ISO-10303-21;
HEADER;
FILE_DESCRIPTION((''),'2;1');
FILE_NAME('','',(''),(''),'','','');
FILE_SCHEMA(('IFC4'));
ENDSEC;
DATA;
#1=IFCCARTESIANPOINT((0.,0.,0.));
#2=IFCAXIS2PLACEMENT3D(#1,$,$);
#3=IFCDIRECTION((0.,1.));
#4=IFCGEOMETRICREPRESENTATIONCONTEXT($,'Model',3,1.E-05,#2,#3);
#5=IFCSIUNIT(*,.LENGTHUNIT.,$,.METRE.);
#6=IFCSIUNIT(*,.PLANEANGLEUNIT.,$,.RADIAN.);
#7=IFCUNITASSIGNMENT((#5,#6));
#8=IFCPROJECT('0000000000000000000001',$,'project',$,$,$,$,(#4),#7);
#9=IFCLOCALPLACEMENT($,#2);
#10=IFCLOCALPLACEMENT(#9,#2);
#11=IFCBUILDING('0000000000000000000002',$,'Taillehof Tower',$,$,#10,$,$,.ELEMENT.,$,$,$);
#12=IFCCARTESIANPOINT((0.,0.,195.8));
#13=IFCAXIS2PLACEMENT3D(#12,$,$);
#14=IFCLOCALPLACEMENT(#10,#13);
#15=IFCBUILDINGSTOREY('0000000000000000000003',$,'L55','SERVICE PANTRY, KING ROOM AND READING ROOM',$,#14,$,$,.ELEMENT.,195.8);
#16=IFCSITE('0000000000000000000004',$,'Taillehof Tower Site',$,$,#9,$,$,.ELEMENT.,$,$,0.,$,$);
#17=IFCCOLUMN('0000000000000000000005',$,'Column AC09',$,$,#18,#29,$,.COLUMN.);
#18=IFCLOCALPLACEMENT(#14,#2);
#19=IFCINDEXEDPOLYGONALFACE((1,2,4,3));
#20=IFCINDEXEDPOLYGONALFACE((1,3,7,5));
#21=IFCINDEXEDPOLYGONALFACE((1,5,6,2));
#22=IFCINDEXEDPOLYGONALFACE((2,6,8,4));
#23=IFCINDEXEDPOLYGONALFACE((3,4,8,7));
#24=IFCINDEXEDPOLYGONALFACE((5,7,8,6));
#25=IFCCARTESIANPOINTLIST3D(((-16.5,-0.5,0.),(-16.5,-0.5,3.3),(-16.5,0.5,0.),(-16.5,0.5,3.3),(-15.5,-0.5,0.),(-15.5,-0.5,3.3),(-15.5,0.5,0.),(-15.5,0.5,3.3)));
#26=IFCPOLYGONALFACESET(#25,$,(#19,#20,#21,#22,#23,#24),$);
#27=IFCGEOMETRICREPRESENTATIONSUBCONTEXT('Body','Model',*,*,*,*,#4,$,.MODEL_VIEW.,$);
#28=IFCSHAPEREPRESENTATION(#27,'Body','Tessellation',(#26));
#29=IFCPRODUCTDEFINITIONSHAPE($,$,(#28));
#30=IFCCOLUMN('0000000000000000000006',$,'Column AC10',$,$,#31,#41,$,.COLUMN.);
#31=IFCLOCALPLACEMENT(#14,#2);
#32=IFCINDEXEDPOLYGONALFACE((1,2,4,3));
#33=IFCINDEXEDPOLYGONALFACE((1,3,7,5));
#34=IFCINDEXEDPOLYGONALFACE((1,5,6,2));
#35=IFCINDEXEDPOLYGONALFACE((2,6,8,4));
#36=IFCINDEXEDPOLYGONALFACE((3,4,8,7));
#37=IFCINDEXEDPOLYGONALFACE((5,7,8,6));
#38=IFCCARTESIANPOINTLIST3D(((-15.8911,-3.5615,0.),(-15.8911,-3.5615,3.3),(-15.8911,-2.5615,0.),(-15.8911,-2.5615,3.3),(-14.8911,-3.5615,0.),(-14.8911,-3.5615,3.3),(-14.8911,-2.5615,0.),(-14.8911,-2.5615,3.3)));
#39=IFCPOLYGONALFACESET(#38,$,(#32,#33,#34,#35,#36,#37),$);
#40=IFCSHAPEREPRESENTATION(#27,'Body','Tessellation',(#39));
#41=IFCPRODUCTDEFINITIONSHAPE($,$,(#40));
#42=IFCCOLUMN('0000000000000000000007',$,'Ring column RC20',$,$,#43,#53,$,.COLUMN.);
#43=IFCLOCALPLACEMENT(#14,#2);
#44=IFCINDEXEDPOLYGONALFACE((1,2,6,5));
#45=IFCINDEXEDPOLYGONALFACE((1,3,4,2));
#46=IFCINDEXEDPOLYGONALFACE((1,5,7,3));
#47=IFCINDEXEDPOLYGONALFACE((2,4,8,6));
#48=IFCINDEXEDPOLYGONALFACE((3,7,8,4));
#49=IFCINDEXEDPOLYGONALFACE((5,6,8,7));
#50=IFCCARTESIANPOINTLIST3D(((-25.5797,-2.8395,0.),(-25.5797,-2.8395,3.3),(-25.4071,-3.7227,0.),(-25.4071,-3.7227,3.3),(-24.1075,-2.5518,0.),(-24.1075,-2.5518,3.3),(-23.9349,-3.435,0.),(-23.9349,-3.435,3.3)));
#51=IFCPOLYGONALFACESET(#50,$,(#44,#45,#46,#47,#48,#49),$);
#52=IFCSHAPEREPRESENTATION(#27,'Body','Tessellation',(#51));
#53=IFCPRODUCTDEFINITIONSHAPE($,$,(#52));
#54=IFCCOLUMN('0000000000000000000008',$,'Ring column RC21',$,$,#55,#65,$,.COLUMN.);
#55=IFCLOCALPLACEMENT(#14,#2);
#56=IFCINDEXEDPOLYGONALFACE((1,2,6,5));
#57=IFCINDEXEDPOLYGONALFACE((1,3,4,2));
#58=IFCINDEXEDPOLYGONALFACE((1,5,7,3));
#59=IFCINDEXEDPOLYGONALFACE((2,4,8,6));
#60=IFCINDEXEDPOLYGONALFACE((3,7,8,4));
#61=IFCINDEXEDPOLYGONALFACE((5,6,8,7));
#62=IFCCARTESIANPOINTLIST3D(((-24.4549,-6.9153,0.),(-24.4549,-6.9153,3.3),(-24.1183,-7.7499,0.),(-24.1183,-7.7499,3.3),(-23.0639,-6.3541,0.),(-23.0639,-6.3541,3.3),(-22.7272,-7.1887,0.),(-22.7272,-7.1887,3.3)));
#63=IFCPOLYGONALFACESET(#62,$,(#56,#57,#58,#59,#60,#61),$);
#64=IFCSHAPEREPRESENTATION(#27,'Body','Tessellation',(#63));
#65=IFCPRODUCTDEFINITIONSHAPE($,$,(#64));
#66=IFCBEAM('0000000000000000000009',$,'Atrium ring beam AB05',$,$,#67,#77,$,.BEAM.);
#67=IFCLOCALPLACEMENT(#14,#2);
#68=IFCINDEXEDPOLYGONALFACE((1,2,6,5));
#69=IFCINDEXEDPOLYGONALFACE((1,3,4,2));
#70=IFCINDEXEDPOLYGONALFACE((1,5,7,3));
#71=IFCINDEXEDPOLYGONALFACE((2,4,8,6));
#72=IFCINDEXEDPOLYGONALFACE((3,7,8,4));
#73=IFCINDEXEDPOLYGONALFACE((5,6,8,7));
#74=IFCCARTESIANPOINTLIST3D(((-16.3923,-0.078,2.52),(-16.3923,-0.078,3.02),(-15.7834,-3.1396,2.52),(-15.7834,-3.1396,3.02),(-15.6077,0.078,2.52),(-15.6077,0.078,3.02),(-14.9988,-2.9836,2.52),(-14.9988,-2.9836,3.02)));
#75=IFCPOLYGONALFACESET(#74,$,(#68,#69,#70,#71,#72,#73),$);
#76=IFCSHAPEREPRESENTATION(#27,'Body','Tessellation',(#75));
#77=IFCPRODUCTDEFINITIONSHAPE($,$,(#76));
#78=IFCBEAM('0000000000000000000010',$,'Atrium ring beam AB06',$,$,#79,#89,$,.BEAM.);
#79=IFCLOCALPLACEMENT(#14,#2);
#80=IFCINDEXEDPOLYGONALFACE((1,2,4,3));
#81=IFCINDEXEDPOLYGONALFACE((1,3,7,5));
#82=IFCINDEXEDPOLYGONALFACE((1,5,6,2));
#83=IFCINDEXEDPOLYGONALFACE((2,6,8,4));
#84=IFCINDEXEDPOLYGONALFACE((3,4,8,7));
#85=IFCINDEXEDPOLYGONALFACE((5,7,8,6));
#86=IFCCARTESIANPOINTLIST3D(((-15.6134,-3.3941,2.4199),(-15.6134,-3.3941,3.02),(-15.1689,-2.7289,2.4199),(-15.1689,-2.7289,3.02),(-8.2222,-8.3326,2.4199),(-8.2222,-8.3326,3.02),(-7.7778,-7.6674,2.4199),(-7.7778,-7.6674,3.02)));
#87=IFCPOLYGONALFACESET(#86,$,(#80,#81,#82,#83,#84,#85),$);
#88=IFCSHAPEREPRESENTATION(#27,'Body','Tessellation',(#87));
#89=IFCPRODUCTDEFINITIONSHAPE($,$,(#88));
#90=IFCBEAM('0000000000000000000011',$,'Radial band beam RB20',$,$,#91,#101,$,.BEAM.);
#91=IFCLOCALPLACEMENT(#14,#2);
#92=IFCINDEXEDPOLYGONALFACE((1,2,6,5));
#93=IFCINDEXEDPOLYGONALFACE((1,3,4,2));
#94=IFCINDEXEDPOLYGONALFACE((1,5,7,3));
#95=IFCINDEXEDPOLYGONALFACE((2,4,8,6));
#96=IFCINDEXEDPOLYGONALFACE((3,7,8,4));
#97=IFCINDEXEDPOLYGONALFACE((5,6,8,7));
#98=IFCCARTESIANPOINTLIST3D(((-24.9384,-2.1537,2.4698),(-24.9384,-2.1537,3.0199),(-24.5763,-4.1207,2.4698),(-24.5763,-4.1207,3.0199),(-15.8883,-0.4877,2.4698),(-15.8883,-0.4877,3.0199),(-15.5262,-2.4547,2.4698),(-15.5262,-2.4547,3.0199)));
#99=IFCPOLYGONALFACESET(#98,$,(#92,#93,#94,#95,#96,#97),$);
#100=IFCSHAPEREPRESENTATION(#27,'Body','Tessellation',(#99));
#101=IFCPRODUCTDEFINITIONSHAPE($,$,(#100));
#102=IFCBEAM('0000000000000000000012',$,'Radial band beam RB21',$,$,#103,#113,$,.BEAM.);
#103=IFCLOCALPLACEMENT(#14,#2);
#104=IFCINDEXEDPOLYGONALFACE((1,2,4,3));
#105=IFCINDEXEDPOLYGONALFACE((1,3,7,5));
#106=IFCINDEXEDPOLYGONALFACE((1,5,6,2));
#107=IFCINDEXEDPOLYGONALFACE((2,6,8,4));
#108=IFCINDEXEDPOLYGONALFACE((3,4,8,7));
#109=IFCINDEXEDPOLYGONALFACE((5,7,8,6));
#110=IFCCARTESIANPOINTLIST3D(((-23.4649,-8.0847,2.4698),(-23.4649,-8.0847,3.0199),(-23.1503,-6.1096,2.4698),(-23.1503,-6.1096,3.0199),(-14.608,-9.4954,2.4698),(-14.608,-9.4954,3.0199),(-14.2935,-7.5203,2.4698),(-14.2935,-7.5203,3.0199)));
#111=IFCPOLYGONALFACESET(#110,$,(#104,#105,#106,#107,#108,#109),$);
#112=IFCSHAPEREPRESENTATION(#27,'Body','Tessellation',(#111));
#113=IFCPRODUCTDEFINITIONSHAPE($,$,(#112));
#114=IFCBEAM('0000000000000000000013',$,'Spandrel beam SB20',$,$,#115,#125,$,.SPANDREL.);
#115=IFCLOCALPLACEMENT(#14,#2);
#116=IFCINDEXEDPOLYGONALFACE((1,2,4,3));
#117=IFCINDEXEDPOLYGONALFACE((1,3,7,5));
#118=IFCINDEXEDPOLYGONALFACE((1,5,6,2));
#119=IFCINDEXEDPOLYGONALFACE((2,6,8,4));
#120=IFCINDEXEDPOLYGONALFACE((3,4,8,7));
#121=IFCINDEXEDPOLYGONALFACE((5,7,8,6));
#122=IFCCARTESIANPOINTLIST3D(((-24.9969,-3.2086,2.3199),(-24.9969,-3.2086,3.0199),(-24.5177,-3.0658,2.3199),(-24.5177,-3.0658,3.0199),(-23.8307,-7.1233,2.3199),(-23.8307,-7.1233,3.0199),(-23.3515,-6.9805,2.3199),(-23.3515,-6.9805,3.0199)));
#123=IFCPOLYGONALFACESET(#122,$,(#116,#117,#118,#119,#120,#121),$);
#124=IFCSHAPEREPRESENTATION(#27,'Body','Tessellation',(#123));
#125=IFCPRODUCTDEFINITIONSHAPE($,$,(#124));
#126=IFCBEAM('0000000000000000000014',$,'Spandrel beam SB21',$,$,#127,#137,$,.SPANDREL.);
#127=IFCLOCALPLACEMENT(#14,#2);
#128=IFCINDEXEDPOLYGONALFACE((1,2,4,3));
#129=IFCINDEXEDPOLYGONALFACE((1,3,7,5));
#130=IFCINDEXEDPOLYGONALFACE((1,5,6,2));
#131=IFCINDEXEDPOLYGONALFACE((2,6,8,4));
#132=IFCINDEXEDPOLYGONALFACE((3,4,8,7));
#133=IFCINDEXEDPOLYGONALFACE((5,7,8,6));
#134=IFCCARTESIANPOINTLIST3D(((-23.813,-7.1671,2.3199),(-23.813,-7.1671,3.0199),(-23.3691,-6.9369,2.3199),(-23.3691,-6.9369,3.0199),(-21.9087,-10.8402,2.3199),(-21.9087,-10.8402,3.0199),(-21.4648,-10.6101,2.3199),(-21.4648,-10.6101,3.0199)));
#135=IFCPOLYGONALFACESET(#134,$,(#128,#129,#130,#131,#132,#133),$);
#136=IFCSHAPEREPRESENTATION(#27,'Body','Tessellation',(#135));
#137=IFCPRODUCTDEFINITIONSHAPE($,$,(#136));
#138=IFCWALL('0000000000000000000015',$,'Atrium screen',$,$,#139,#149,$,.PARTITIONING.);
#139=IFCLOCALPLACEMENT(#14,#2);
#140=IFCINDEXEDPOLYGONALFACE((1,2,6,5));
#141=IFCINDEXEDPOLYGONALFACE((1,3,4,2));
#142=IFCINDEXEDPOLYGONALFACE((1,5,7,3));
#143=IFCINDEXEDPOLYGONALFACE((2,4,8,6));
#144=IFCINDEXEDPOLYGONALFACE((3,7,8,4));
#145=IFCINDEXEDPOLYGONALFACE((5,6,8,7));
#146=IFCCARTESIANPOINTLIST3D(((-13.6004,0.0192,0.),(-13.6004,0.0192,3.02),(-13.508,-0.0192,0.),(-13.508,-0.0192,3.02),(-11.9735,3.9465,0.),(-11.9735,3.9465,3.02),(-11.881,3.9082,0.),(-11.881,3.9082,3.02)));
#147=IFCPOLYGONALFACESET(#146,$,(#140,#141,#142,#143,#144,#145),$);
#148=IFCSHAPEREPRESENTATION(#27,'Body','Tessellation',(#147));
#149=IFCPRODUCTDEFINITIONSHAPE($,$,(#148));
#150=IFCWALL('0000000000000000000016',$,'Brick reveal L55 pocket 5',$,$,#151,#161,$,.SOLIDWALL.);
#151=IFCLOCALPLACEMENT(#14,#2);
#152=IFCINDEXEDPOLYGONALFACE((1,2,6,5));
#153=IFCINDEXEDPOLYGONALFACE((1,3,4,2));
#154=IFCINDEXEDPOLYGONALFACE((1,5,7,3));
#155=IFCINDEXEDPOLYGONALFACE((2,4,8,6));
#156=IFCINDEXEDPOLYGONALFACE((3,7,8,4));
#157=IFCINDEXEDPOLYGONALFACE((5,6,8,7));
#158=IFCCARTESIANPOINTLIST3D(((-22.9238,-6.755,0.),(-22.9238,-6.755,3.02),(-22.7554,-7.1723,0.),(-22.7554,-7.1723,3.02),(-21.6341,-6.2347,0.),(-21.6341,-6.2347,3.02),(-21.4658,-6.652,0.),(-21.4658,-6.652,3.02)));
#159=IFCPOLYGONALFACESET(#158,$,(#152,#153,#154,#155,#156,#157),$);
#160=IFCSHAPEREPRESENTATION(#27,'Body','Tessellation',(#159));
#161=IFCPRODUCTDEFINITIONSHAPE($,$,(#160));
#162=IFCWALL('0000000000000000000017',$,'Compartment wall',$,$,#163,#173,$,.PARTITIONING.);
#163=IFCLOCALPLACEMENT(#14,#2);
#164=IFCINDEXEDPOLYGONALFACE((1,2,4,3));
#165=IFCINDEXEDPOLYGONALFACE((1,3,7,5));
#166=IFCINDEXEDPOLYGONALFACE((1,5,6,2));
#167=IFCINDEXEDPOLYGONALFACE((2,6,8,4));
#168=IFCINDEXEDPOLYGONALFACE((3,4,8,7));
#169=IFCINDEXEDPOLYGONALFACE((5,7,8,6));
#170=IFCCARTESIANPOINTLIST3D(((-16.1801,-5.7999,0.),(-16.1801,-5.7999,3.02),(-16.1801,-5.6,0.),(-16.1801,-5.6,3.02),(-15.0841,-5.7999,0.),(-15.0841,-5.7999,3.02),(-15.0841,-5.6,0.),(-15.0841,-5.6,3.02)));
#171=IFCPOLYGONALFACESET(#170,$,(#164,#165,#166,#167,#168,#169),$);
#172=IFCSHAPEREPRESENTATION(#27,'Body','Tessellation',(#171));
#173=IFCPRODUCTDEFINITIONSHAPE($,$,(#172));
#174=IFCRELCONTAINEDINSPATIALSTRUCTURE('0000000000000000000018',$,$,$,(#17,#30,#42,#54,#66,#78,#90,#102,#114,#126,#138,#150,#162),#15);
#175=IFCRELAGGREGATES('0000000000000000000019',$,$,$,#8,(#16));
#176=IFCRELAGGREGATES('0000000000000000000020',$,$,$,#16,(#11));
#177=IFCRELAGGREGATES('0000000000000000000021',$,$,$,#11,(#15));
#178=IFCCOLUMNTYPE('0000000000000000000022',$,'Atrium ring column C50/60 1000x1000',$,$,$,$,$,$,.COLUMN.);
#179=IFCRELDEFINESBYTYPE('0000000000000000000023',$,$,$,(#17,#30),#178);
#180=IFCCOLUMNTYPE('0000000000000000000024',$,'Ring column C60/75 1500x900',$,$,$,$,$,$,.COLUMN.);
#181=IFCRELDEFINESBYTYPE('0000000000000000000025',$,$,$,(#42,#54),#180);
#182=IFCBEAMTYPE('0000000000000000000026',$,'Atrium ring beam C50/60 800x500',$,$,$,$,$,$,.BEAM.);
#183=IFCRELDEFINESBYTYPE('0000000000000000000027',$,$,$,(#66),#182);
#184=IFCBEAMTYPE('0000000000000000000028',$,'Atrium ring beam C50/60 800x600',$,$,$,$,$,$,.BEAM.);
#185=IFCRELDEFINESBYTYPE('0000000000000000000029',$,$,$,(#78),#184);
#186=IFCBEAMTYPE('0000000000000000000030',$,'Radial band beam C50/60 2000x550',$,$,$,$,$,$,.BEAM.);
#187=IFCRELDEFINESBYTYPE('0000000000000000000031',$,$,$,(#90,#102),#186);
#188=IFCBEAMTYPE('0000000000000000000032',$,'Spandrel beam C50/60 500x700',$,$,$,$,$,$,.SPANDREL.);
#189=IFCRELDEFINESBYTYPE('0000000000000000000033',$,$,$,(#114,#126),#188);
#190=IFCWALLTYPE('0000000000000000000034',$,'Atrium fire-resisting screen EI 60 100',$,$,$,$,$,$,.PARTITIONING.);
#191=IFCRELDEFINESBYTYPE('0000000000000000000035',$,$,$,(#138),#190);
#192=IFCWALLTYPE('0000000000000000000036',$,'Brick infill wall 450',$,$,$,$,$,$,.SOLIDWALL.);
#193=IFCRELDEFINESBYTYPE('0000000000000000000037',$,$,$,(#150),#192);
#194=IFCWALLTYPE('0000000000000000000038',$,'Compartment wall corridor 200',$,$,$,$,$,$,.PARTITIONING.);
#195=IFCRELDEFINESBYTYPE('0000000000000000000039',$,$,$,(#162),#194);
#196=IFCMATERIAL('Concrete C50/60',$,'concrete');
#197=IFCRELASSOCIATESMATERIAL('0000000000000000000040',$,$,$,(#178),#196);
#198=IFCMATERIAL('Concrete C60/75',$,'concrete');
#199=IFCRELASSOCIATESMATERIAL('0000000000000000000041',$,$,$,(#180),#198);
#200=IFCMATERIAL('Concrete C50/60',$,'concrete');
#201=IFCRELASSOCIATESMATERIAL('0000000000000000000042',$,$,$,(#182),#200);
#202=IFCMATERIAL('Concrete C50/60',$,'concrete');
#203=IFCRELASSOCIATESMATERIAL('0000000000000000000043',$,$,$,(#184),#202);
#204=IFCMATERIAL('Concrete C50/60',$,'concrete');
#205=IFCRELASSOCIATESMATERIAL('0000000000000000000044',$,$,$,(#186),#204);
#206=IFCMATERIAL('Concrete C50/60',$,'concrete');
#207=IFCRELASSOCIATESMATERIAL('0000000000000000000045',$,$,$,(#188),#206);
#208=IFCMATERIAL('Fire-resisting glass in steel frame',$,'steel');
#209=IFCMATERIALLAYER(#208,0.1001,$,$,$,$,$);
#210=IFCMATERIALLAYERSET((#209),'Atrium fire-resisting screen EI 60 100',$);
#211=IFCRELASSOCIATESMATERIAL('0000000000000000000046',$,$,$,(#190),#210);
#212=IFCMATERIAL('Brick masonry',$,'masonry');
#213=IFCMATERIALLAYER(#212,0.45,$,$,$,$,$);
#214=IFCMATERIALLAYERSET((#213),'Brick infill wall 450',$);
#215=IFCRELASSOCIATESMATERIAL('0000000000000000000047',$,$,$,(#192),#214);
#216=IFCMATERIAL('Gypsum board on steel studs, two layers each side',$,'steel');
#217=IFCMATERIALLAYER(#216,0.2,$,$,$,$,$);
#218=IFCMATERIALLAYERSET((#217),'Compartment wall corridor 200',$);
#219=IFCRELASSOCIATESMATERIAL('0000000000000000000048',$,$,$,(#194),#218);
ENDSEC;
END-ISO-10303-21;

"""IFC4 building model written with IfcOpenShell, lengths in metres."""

from ifc_helpers import new_model, si_unit, direction, frame, frame_2d, origin, origin_2d, place, context, subcontext, project, spatial, rectangle, extrude, material, layer, layer_set, material_profile, profile_set, type_object, element, save


model = new_model("IFC4")

# Units and contexts
model_context = context("Model", 3, precision=1e-05, world=origin(), true_north=direction((0.0, 1.0)))
body_context = subcontext(model_context, "Body", "Model", "MODEL_VIEW")
ifc_project = project(units=[si_unit("LENGTHUNIT", "METRE"), si_unit("PLANEANGLEUNIT", "RADIAN")], contexts=[model_context])

# Site, building, storey
site_placement = place(None, origin())
site = spatial("IfcSite", under=ifc_project, at=site_placement, Name="Taillehof Tower Site", CompositionType="ELEMENT", RefElevation=0.0)
building_placement = place(site_placement, origin())
building = spatial("IfcBuilding", under=site, at=building_placement, Name="Taillehof Tower", CompositionType="ELEMENT")
storey_placement = place(building_placement, frame((0.0, 0.0, 195.8)))
storey = spatial("IfcBuildingStorey", under=building, at=storey_placement, Name="L55", Description="SERVICE PANTRY, KING ROOM AND READING ROOM", CompositionType="ELEMENT", Elevation=195.8)

# Columns
ifc_material_1 = material(Name="Concrete C50/60", Category="concrete")
ifc_material_profile_1 = material_profile(ifc_material_1, rectangle(XDim=1.0, YDim=1.0, at=origin_2d()), Name="RC 1000x1000")
ifc_profile_set_1 = profile_set([ifc_material_profile_1], Name="Concrete C50/60")
column_type_1 = type_object("IfcColumnType", Name="Atrium ring column C50/60 1000x1000", PredefinedType="COLUMN", material=ifc_profile_set_1)
for number, where, z_axis, x_axis, name in (
    (1, (-16.0, 0.0, 0.0), (0.0, 0.0, 1.0), (1.0, 0.0, 0.0), "Column AC09"),
    (2, (-15.3911, -3.0615, 0.0), (0.0, 0.0, 1.0), (1.0, 0.0, 0.0), "Column AC10"),
):
    element("IfcColumn", number, at=place(storey_placement, frame(where, z_axis=z_axis, x_axis=x_axis)), inside=storey, type_object=column_type_1, Name=name, PredefinedType="COLUMN", context=body_context, shape_type="SweptSolid", body=[
        extrude(rectangle(XDim=1.0, YDim=1.0, at=origin_2d()), origin(), (0.0, 0.0, 1.0), 3.3),
    ])
ifc_material_2 = material(Name="Concrete C60/75", Category="concrete")
ifc_material_profile_2 = material_profile(ifc_material_2, rectangle(XDim=1.5, YDim=0.8999, at=origin_2d()), Name="RC 1500x900")
ifc_profile_set_2 = profile_set([ifc_material_profile_2], Name="Concrete C60/75")
column_type_2 = type_object("IfcColumnType", Name="Ring column C60/75 1500x900", PredefinedType="COLUMN", material=ifc_profile_set_2)
for number, where, z_axis, x_axis, name in (
    (3, (-24.7573, -3.1372, 0.0), (0.0, 0.0, 1.0), (-0.981434, -0.191801, 0.0), "Ring column RC20"),
    (4, (-23.5911, -7.052, 0.0), (0.0, 0.0, 1.0), (-0.927385, -0.374108, 0.0), "Ring column RC21"),
):
    element("IfcColumn", number, at=place(storey_placement, frame(where, z_axis=z_axis, x_axis=x_axis)), inside=storey, type_object=column_type_2, Name=name, PredefinedType="COLUMN", context=body_context, shape_type="SweptSolid", body=[
        extrude(rectangle(XDim=1.5, YDim=0.8999, at=origin_2d()), origin(), (0.0, 0.0, 1.0), 3.3),
    ])

# Beams
ifc_material_3 = material(Name="Concrete C50/60", Category="concrete")
ifc_material_profile_3 = material_profile(ifc_material_3, rectangle(XDim=0.8, YDim=0.5, at=origin_2d()), Name="RC 800x500")
ifc_profile_set_3 = profile_set([ifc_material_profile_3], Name="Concrete C50/60")
beam_type_1 = type_object("IfcBeamType", Name="Atrium ring beam C50/60 800x500", PredefinedType="BEAM", material=ifc_profile_set_3)
beam_1_placement = place(storey_placement, frame((-16.0, 0.0, 2.77), z_axis=(0.195063, -0.980791, 0.0), x_axis=(0.980791, 0.195063, 0.0)))
element("IfcBeam", 5, at=beam_1_placement, inside=storey, type_object=beam_type_1, Name="Atrium ring beam AB05", PredefinedType="BEAM", context=body_context, shape_type="SweptSolid", body=[
    extrude(rectangle(XDim=0.8, YDim=0.5, at=origin_2d()), origin(), (0.0, 0.0, 1.0), 3.1216),
])
ifc_material_4 = material(Name="Concrete C50/60", Category="concrete")
ifc_material_profile_4 = material_profile(ifc_material_4, rectangle(XDim=0.8, YDim=0.6001, at=origin_2d()), Name="RC 800x600")
ifc_profile_set_4 = profile_set([ifc_material_profile_4], Name="Concrete C50/60")
beam_type_2 = type_object("IfcBeamType", Name="Atrium ring beam C50/60 800x600", PredefinedType="BEAM", material=ifc_profile_set_4)
beam_2_placement = place(storey_placement, frame((-15.3911, -3.0615, 2.72), z_axis=(0.831475, -0.555562, 0.0), x_axis=(0.555562, 0.831475, 0.0)))
element("IfcBeam", 6, at=beam_2_placement, inside=storey, type_object=beam_type_2, Name="Atrium ring beam AB06", PredefinedType="BEAM", context=body_context, shape_type="SweptSolid", body=[
    extrude(rectangle(XDim=0.8, YDim=0.6001, at=origin_2d()), origin(), (0.0, 0.0, 1.0), 8.8892),
])
ifc_material_5 = material(Name="Concrete C50/60", Category="concrete")
ifc_material_profile_5 = material_profile(ifc_material_5, rectangle(XDim=2.0, YDim=0.55, at=origin_2d()), Name="RC 2000x550")
ifc_profile_set_5 = profile_set([ifc_material_profile_5], Name="Concrete C50/60")
beam_type_3 = type_object("IfcBeamType", Name="Radial band beam C50/60 2000x550", PredefinedType="BEAM", material=ifc_profile_set_5)
beam_3_placement = place(storey_placement, frame((-24.7573, -3.1372, 2.7449), z_axis=(0.983474, 0.181047, 0.0), x_axis=(-0.181047, 0.983474, 0.0)))
element("IfcBeam", 7, at=beam_3_placement, inside=storey, type_object=beam_type_3, Name="Radial band beam RB20", PredefinedType="BEAM", context=body_context, shape_type="SweptSolid", body=[
    extrude(rectangle(XDim=2.0, YDim=0.55, at=origin_2d()), origin(), (0.0, 0.0, 1.0), 9.2021),
])
beam_4_placement = place(storey_placement, frame((-23.3076, -7.0972, 2.7449), z_axis=(0.987553, -0.157288, 0.0), x_axis=(0.157288, 0.987553, 0.0)))
element("IfcBeam", 8, at=beam_4_placement, inside=storey, type_object=beam_type_3, Name="Radial band beam RB21", PredefinedType="BEAM", context=body_context, shape_type="SweptSolid", body=[
    extrude(rectangle(XDim=2.0, YDim=0.55, at=origin_2d()), origin(), (0.0, 0.0, 1.0), 8.9685),
])
ifc_material_6 = material(Name="Concrete C50/60", Category="concrete")
ifc_material_profile_6 = material_profile(ifc_material_6, rectangle(XDim=0.5, YDim=0.7, at=origin_2d()), Name="RC 500x700")
ifc_profile_set_6 = profile_set([ifc_material_profile_6], Name="Concrete C50/60")
beam_type_4 = type_object("IfcBeamType", Name="Spandrel beam C50/60 500x700", PredefinedType="SPANDREL", material=ifc_profile_set_6)
beam_5_placement = place(storey_placement, frame((-24.7573, -3.1372, 2.6699), z_axis=(0.28551, -0.958376, 0.0), x_axis=(0.958376, 0.28551, 0.0)))
element("IfcBeam", 9, at=beam_5_placement, inside=storey, type_object=beam_type_4, Name="Spandrel beam SB20", PredefinedType="SPANDREL", context=body_context, shape_type="SweptSolid", body=[
    extrude(rectangle(XDim=0.5, YDim=0.7, at=origin_2d()), origin(), (0.0, 0.0, 1.0), 4.0847),
])
beam_6_placement = place(storey_placement, frame((-23.5911, -7.052, 2.6699), z_axis=(0.460265, -0.887781, 0.0), x_axis=(0.887781, 0.460265, 0.0)))
element("IfcBeam", 10, at=beam_6_placement, inside=storey, type_object=beam_type_4, Name="Spandrel beam SB21", PredefinedType="SPANDREL", context=body_context, shape_type="SweptSolid", body=[
    extrude(rectangle(XDim=0.5, YDim=0.7, at=origin_2d()), origin(), (0.0, 0.0, 1.0), 4.1375),
])

# Walls
ifc_material_7 = material(Name="Fire-resisting glass in steel frame", Category="steel")
ifc_layer_1 = layer(ifc_material_7, 0.1001)
ifc_layer_set_1 = layer_set([ifc_layer_1], Name="Atrium fire-resisting screen EI 60 100")
wall_type_1 = type_object("IfcWallType", Name="Atrium fire-resisting screen EI 60 100", PredefinedType="PARTITIONING", material=ifc_layer_set_1)
wall_1_placement = place(storey_placement, frame((-13.5542, 0.0, 0.0), z_axis=(0.0, 0.0, 1.0), x_axis=(0.382731, 0.92386, 0.0)))
element("IfcWall", 11, at=wall_1_placement, inside=storey, type_object=wall_type_1, Name="Atrium screen", PredefinedType="PARTITIONING", context=body_context, shape_type="SweptSolid", body=[
    extrude(rectangle(XDim=4.251, YDim=0.1001, at=frame_2d((2.1255, 0.0))), origin(), (0.0, 0.0, 1.0), 3.02),
])
ifc_material_8 = material(Name="Brick masonry", Category="masonry")
ifc_layer_2 = layer(ifc_material_8, 0.45)
ifc_layer_set_2 = layer_set([ifc_layer_2], Name="Brick infill wall 450")
wall_type_2 = type_object("IfcWallType", Name="Brick infill wall 450", PredefinedType="SOLIDWALL", material=ifc_layer_set_2)
wall_2_placement = place(storey_placement, frame((-22.8396, -6.9636, 0.0), z_axis=(0.0, 0.0, 1.0), x_axis=(0.927371, 0.374144, 0.0)))
element("IfcWall", 12, at=wall_2_placement, inside=storey, type_object=wall_type_2, Name="Brick reveal L55 pocket 5", PredefinedType="SOLIDWALL", context=body_context, shape_type="SweptSolid", body=[
    extrude(rectangle(XDim=1.3906, YDim=0.45, at=frame_2d((0.6953, 0.0))), origin(), (0.0, 0.0, 1.0), 3.02),
])

# Wall
ifc_material_9 = material(Name="Gypsum board on steel studs, two layers each side", Category="steel")
ifc_layer_3 = layer(ifc_material_9, 0.2)
ifc_layer_set_3 = layer_set([ifc_layer_3], Name="Compartment wall corridor 200")
wall_type_3 = type_object("IfcWallType", Name="Compartment wall corridor 200", PredefinedType="PARTITIONING", material=ifc_layer_set_3)
wall_3_placement = place(storey_placement, frame((-16.1799, -5.7, 0.0), z_axis=(0.0, 0.0, 1.0), x_axis=(1.0, 0.0, 0.0)))
element("IfcWall", 13, at=wall_3_placement, inside=storey, type_object=wall_type_3, Name="Compartment wall", PredefinedType="PARTITIONING", context=body_context, shape_type="SweptSolid", body=[
    extrude(rectangle(XDim=1.0959, YDim=0.2, at=frame_2d((0.5479, 0.0))), origin(), (0.0, 0.0, 1.0), 3.02),
])

save(model, "model.ifc")
